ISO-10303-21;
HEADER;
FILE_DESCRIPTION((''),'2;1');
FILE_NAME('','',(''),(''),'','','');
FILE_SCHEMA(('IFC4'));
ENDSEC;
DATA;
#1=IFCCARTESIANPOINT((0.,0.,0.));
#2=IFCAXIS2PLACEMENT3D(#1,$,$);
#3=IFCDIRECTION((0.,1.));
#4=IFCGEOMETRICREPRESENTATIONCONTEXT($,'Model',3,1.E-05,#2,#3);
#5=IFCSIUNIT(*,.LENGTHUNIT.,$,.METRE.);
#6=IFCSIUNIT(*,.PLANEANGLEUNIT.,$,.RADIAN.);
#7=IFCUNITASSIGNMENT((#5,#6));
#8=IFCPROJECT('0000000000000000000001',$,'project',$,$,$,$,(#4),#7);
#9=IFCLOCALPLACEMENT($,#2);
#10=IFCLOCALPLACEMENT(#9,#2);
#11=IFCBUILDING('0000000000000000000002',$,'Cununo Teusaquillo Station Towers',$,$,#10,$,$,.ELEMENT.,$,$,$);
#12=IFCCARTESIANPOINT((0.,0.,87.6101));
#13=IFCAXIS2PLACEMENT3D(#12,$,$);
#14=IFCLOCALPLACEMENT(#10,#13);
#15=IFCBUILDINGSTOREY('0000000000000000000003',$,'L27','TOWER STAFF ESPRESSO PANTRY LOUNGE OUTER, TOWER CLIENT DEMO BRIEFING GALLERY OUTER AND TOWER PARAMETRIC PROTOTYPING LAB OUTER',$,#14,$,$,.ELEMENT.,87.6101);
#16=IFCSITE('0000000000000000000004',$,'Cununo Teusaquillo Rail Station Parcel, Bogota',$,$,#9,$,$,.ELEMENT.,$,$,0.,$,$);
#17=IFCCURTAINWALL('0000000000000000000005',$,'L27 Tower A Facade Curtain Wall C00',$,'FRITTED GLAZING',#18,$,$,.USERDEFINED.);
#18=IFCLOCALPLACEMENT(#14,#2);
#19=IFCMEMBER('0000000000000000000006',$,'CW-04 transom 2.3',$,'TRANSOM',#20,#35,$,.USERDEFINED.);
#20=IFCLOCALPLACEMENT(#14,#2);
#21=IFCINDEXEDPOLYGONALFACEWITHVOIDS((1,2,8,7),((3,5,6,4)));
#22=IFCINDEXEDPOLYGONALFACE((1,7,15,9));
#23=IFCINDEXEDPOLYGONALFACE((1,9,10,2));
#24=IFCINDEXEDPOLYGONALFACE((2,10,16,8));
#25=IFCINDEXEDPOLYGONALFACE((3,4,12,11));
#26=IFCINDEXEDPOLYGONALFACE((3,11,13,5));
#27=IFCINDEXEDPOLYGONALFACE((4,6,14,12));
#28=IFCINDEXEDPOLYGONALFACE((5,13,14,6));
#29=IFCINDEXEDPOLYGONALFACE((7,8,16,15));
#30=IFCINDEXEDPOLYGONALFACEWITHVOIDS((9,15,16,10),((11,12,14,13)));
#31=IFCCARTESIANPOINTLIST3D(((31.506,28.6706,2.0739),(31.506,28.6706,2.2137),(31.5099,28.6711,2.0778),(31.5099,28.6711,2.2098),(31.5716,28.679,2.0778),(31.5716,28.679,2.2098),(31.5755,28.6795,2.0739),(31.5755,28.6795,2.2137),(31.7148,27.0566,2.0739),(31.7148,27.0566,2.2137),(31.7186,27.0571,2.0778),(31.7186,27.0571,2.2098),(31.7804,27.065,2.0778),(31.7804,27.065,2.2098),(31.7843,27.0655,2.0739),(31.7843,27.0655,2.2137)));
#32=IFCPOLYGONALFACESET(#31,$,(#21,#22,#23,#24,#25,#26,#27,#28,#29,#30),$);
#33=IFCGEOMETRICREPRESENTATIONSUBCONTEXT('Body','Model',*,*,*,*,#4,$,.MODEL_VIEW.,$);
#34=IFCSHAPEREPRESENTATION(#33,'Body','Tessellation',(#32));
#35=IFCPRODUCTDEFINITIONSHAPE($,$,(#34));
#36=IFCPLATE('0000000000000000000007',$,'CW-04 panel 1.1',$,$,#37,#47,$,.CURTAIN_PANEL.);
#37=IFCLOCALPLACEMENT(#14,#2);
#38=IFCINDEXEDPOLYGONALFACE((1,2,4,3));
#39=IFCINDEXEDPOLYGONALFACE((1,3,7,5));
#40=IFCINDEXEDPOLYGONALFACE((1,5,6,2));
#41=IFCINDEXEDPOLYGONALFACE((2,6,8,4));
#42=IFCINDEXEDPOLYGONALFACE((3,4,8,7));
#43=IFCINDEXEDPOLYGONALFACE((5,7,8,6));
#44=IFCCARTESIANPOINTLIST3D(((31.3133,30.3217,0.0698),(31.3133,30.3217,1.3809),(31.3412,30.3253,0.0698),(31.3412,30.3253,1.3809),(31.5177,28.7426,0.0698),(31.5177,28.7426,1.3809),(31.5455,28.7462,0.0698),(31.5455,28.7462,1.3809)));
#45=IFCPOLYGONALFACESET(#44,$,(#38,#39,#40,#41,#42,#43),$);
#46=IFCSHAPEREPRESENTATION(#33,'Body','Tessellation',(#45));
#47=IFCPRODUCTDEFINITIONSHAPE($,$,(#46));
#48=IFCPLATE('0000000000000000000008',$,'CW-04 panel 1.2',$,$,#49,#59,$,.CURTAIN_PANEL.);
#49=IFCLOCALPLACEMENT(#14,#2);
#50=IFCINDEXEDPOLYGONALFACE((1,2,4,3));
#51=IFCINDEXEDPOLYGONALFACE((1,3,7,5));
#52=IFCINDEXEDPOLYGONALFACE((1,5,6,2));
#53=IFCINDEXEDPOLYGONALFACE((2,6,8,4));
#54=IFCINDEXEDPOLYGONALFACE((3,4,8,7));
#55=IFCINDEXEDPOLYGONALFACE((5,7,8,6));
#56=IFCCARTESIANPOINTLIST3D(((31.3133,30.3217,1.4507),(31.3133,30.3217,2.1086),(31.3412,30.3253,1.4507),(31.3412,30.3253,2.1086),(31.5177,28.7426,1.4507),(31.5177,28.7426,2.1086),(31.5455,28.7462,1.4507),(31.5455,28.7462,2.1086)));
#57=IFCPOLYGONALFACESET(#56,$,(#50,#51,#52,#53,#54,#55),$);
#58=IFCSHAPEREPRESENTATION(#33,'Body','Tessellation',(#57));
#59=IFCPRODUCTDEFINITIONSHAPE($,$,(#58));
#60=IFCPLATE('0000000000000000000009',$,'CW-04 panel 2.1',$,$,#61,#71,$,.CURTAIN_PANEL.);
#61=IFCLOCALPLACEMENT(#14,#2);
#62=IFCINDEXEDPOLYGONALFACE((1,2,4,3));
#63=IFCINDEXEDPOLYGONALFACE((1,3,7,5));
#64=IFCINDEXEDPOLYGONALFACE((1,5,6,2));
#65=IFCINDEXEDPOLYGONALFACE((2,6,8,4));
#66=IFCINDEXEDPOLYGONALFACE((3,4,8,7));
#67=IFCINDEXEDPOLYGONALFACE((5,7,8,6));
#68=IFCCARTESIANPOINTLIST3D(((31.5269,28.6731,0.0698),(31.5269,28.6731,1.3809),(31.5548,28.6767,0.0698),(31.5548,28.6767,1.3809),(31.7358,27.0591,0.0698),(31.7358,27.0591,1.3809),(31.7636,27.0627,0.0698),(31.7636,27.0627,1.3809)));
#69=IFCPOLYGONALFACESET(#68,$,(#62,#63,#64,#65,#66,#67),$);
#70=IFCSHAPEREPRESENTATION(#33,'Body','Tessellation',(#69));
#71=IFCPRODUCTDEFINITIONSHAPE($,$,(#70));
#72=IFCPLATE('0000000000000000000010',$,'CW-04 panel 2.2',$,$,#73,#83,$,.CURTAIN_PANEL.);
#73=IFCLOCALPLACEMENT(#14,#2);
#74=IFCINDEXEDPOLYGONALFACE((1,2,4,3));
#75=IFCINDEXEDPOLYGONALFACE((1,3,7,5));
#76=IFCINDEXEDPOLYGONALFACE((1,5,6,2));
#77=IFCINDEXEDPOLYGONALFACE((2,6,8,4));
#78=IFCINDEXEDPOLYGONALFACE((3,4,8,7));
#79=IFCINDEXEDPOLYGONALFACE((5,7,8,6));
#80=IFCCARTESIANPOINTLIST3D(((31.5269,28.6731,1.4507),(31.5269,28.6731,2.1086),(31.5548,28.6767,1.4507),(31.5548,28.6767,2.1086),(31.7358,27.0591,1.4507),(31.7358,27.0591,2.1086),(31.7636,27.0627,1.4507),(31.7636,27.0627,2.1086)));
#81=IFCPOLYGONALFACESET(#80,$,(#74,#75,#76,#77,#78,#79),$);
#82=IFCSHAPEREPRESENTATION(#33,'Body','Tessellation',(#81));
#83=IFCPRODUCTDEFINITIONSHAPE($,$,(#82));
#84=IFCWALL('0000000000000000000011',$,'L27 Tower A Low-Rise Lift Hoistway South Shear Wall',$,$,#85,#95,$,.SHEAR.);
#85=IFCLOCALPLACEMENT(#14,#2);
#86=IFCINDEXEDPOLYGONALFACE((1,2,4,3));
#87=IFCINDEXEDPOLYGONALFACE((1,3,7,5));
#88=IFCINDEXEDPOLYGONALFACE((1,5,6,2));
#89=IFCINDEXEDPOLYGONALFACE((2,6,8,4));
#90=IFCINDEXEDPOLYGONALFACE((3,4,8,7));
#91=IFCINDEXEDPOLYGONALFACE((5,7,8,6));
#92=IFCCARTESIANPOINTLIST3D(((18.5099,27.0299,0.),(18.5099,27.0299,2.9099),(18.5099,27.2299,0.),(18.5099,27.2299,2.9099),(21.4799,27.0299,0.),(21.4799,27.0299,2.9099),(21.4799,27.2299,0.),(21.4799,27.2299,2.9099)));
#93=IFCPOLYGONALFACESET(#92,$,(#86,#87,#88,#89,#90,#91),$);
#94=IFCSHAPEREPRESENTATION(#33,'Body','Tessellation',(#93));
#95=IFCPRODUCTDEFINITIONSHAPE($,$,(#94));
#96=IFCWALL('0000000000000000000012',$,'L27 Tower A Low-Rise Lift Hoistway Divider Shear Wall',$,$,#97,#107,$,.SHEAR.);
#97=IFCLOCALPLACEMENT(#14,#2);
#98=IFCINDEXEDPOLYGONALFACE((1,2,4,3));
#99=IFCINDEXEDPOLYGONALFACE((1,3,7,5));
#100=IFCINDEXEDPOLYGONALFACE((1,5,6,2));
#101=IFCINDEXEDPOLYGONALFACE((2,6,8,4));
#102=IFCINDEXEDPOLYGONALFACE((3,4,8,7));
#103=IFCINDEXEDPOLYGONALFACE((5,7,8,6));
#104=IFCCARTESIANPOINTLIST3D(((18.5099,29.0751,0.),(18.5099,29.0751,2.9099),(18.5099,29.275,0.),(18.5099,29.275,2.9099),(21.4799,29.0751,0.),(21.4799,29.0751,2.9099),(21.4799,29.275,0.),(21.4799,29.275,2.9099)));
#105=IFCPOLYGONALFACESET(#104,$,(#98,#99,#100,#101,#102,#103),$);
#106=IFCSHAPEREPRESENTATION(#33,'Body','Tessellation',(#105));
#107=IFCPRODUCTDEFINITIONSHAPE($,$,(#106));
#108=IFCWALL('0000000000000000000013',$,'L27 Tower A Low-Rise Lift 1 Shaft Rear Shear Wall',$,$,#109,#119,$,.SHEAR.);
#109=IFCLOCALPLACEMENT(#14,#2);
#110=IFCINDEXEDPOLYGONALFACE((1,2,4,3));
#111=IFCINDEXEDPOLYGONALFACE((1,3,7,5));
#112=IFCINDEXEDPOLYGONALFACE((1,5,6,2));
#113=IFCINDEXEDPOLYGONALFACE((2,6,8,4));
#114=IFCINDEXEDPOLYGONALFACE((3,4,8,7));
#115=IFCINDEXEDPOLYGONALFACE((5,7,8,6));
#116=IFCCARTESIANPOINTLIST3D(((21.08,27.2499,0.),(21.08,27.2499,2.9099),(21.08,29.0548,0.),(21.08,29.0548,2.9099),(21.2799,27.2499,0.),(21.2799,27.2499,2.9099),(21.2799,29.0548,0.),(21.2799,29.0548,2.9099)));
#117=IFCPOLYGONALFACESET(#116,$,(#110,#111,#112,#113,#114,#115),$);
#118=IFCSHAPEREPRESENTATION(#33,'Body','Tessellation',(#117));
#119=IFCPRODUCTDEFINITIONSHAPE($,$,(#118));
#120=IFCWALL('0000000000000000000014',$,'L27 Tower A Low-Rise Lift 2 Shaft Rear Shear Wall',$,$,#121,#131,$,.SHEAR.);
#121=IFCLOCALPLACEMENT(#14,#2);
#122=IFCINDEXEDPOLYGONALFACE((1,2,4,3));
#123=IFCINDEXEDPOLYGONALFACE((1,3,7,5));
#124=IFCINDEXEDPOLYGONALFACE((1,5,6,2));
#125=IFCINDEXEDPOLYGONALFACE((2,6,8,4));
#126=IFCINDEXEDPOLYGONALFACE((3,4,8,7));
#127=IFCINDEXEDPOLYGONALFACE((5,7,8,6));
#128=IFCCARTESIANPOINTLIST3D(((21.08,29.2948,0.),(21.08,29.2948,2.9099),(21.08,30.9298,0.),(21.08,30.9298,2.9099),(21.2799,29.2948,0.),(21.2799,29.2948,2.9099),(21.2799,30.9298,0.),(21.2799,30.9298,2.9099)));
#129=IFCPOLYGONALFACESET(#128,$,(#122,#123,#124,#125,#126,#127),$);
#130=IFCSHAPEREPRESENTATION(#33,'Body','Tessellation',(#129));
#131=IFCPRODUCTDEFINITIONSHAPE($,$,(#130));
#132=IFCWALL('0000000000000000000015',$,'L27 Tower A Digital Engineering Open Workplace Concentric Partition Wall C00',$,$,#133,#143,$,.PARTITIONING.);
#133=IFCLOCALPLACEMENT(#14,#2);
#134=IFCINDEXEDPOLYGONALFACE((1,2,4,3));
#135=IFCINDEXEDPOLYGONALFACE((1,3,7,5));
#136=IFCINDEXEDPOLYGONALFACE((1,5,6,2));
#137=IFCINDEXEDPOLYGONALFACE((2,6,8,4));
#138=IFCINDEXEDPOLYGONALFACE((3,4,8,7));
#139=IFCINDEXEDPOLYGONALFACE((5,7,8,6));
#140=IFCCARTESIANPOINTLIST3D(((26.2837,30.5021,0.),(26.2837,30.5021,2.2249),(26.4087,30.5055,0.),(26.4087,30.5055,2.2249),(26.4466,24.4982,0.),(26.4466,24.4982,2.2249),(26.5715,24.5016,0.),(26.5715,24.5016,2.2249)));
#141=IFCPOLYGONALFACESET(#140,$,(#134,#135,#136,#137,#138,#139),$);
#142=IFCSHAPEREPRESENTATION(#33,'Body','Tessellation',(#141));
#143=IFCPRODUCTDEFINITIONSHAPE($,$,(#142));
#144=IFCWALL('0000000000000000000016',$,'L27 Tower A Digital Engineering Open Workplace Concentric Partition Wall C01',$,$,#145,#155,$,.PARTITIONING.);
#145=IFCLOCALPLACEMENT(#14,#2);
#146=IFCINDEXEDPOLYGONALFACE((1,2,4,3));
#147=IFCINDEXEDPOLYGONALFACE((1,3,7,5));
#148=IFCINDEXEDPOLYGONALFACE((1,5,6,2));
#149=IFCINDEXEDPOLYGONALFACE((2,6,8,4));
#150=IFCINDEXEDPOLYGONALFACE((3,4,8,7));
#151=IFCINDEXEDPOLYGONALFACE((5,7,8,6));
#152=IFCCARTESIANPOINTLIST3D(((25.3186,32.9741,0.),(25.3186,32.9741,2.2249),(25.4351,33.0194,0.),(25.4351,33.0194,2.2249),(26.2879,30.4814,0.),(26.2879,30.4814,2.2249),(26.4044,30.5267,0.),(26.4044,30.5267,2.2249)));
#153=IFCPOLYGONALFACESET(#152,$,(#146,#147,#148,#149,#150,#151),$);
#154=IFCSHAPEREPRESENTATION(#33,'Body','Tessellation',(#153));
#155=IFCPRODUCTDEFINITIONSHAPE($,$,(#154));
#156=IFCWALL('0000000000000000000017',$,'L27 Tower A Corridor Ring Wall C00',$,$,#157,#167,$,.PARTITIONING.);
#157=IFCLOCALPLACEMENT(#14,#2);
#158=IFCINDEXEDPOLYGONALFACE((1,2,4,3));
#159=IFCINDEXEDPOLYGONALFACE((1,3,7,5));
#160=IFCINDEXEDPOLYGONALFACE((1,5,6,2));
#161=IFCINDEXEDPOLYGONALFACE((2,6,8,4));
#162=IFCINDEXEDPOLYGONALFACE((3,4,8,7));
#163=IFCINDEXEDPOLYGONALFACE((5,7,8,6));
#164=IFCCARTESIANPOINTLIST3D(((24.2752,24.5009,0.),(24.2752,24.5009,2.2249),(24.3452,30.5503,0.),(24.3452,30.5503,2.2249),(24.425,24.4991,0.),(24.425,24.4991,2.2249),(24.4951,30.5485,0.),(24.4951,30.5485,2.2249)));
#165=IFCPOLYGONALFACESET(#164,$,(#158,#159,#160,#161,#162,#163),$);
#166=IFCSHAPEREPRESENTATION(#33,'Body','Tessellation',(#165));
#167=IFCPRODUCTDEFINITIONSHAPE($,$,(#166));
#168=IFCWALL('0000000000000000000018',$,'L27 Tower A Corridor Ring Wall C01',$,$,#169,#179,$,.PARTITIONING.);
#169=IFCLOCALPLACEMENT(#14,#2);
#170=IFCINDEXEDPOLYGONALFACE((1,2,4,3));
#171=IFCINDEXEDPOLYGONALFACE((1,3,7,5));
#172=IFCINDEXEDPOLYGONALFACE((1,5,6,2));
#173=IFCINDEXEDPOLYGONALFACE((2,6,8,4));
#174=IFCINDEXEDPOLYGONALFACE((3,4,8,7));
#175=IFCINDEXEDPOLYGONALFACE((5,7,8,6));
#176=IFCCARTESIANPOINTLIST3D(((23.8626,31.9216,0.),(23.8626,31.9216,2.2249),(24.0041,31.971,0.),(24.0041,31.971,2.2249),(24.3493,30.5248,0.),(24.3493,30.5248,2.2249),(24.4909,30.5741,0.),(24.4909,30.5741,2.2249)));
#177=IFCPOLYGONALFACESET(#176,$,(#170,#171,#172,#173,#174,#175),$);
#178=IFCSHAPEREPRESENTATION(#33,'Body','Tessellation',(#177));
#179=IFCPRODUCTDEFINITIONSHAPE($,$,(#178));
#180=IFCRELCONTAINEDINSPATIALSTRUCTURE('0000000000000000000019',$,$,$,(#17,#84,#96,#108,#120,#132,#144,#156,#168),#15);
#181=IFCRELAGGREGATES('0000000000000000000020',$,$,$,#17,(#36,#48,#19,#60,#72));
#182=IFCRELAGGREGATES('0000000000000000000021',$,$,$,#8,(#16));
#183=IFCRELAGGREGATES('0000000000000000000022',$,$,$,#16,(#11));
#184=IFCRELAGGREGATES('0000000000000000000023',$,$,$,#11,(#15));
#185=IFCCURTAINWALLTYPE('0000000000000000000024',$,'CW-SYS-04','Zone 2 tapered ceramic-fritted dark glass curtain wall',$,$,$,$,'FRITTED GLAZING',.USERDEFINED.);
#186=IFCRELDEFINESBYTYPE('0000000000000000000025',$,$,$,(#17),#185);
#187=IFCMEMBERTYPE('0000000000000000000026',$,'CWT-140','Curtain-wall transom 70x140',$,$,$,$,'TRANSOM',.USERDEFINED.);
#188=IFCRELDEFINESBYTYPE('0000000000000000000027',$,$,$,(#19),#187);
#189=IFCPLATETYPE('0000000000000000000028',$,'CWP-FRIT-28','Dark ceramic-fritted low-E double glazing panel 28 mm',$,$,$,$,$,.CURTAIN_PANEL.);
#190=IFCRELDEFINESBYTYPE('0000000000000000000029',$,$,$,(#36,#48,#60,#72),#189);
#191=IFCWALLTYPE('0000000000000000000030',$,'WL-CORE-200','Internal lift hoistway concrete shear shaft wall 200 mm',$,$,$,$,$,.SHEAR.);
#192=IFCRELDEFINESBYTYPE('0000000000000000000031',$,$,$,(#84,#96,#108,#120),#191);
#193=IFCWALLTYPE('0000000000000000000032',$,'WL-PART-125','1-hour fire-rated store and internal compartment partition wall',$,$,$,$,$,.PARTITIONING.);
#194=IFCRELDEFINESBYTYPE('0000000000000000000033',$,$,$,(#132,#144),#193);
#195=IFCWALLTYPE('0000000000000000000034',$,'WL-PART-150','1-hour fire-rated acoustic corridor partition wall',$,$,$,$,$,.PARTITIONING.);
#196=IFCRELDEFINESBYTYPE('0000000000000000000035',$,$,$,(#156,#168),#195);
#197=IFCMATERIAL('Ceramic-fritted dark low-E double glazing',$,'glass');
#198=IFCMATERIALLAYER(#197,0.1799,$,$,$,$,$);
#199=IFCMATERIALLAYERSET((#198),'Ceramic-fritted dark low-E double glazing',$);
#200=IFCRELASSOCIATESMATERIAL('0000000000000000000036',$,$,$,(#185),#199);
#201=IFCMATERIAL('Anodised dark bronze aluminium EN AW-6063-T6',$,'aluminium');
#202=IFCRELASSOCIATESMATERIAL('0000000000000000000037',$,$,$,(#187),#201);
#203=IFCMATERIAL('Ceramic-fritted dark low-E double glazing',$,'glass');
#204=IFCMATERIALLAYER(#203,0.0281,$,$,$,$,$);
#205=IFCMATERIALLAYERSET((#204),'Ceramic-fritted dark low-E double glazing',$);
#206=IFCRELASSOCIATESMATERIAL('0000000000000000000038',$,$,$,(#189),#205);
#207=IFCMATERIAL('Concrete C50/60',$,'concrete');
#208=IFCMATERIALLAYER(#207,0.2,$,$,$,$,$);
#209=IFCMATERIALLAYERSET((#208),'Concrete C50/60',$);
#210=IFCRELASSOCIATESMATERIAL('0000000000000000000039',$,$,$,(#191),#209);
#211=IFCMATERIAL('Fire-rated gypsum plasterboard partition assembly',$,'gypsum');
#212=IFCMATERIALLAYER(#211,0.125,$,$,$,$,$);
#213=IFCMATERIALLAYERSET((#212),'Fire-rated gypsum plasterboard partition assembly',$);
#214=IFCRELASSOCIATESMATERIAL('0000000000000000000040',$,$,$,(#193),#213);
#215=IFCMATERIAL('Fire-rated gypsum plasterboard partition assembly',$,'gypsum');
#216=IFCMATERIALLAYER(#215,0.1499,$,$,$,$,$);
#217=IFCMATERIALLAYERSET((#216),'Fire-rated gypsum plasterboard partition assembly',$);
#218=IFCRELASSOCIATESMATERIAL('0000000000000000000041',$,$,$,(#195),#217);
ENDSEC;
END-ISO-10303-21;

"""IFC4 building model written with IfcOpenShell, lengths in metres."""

from ifc_helpers import new_model, si_unit, direction, frame, frame_2d, origin, origin_2d, place, context, subcontext, project, spatial, rectangle, hollow_rectangle, extrude, source, transform, mapped, material, layer, layer_set, material_profile, profile_set, type_object, element, aggregate, save


model = new_model("IFC4")

# Units and contexts
model_context = context("Model", 3, precision=1e-05, world=origin(), true_north=direction((0.0, 1.0)))
body_context = subcontext(model_context, "Body", "Model", "MODEL_VIEW")
ifc_project = project(units=[si_unit("LENGTHUNIT", "METRE"), si_unit("PLANEANGLEUNIT", "RADIAN")], contexts=[model_context])

# Site, building, storey
site_placement = place(None, origin())
site = spatial("IfcSite", under=ifc_project, at=site_placement, Name="Cununo Teusaquillo Rail Station Parcel, Bogota", CompositionType="ELEMENT", RefElevation=0.0)
building_placement = place(site_placement, origin())
building = spatial("IfcBuilding", under=site, at=building_placement, Name="Cununo Teusaquillo Station Towers", CompositionType="ELEMENT")
storey_placement = place(building_placement, frame((0.0, 0.0, 87.6101)))
storey = spatial("IfcBuildingStorey", under=building, at=storey_placement, Name="L27", Description="TOWER STAFF ESPRESSO PANTRY LOUNGE OUTER, TOWER CLIENT DEMO BRIEFING GALLERY OUTER AND TOWER PARAMETRIC PROTOTYPING LAB OUTER", CompositionType="ELEMENT", Elevation=87.6101)

# Curtain wall, member, plates
ifc_material_1 = material(Name="Ceramic-fritted dark low-E double glazing", Category="glass")
ifc_layer_1 = layer(ifc_material_1, 0.1799)
ifc_layer_set_1 = layer_set([ifc_layer_1], Name="Ceramic-fritted dark low-E double glazing")
curtain_wall_type = type_object("IfcCurtainWallType", Name="CW-SYS-04", Description="Zone 2 tapered ceramic-fritted dark glass curtain wall", ElementType="FRITTED GLAZING", PredefinedType="USERDEFINED", material=ifc_layer_set_1)
curtain_wall_placement = place(storey_placement, origin())
curtain_wall = element("IfcCurtainWall", 1, at=curtain_wall_placement, inside=storey, type_object=curtain_wall_type, Name="L27 Tower A Facade Curtain Wall C00", ObjectType="FRITTED GLAZING", PredefinedType="USERDEFINED")
ifc_material_2 = material(Name="Anodised dark bronze aluminium EN AW-6063-T6", Category="aluminium")
ifc_material_profile_1 = material_profile(ifc_material_2, hollow_rectangle(XDim=0.0701, YDim=0.1399, WallThickness=0.0039, at=origin_2d()), Name="CW-TRAN-70x140")
ifc_profile_set_1 = profile_set([ifc_material_profile_1], Name="Anodised dark bronze aluminium EN AW-6063-T6")
member_type_1 = type_object("IfcMemberType", Name="CWT-140", Description="Curtain-wall transom 70x140", ElementType="TRANSOM", PredefinedType="USERDEFINED", material=ifc_profile_set_1)
member_1_placement = place(storey_placement, frame((31.5408, 28.675, 2.1438), z_axis=(0.128262, -0.99174, 0.0), x_axis=(0.99174, 0.128262, 0.0)))
member_1 = element("IfcMember", 2, at=member_1_placement, type_object=member_type_1, Name="CW-04 transom 2.3", ObjectType="TRANSOM", PredefinedType="USERDEFINED", context=body_context, shape_type="SweptSolid", body=[
    extrude(hollow_rectangle(XDim=0.0701, YDim=0.1399, WallThickness=0.0039, at=origin_2d()), origin(), (0.0, 0.0, 1.0), 1.6274),
])
ifc_material_3 = material(Name="Ceramic-fritted dark low-E double glazing", Category="glass")
ifc_layer_2 = layer(ifc_material_3, 0.0281)
ifc_layer_set_2 = layer_set([ifc_layer_2], Name="Ceramic-fritted dark low-E double glazing")
plate_type = type_object("IfcPlateType", Name="CWP-FRIT-28", Description="Dark ceramic-fritted low-E double glazing panel 28 mm", PredefinedType="CURTAIN_PANEL", material=ifc_layer_set_2)
shared_shape_1 = source(origin(), body_context, "Body", "SweptSolid", [
    extrude(rectangle(XDim=1.5923, YDim=0.0281, at=origin_2d()), origin(), (0.0, 0.0, 1.0), 1.311),
])
plate_1_placement = place(storey_placement, frame((31.4294, 29.5339, 0.0698), z_axis=(0.0, 0.0, 1.0), x_axis=(0.128336, -0.991731, 0.0)))
plate_1 = element("IfcPlate", 3, at=plate_1_placement, type_object=plate_type, Name="CW-04 panel 1.1", PredefinedType="CURTAIN_PANEL", context=body_context, shape_type="MappedRepresentation", body=[
    mapped(shared_shape_1, transform((0.0, 0.0, 0.0), x_axis=(1.0, 0.0, 0.0), y_axis=(0.0, 1.0, 0.0), z_axis=(0.0, 0.0, 1.0), scale=1.0)),
])
shared_shape_2 = source(origin(), body_context, "Body", "SweptSolid", [
    extrude(rectangle(XDim=1.5923, YDim=0.0281, at=origin_2d()), origin(), (0.0, 0.0, 1.0), 0.658),
])
plate_2_placement = place(storey_placement, frame((31.4294, 29.5339, 1.4507), z_axis=(0.0, 0.0, 1.0), x_axis=(0.128336, -0.991731, 0.0)))
plate_2 = element("IfcPlate", 4, at=plate_2_placement, type_object=plate_type, Name="CW-04 panel 1.2", PredefinedType="CURTAIN_PANEL", context=body_context, shape_type="MappedRepresentation", body=[
    mapped(shared_shape_2, transform((0.0, 0.0, 0.0), x_axis=(1.0, 0.0, 0.0), y_axis=(0.0, 1.0, 0.0), z_axis=(0.0, 0.0, 1.0), scale=1.0)),
])
shared_shape_3 = source(origin(), body_context, "Body", "SweptSolid", [
    extrude(rectangle(XDim=1.6274, YDim=0.0281, at=origin_2d()), origin(), (0.0, 0.0, 1.0), 1.311),
])
plate_3_placement = place(storey_placement, frame((31.6453, 27.8679, 0.0698), z_axis=(0.0, 0.0, 1.0), x_axis=(0.128336, -0.991731, 0.0)))
plate_3 = element("IfcPlate", 5, at=plate_3_placement, type_object=plate_type, Name="CW-04 panel 2.1", PredefinedType="CURTAIN_PANEL", context=body_context, shape_type="MappedRepresentation", body=[
    mapped(shared_shape_3, transform((0.0, 0.0, 0.0), x_axis=(1.0, 0.0, 0.0), y_axis=(0.0, 1.0, 0.0), z_axis=(0.0, 0.0, 1.0), scale=1.0)),
])
shared_shape_4 = source(origin(), body_context, "Body", "SweptSolid", [
    extrude(rectangle(XDim=1.6274, YDim=0.0281, at=origin_2d()), origin(), (0.0, 0.0, 1.0), 0.658),
])
plate_4_placement = place(storey_placement, frame((31.6453, 27.8679, 1.4507), z_axis=(0.0, 0.0, 1.0), x_axis=(0.128336, -0.991731, 0.0)))
plate_4 = element("IfcPlate", 6, at=plate_4_placement, type_object=plate_type, Name="CW-04 panel 2.2", PredefinedType="CURTAIN_PANEL", context=body_context, shape_type="MappedRepresentation", body=[
    mapped(shared_shape_4, transform((0.0, 0.0, 0.0), x_axis=(1.0, 0.0, 0.0), y_axis=(0.0, 1.0, 0.0), z_axis=(0.0, 0.0, 1.0), scale=1.0)),
])
aggregate(curtain_wall, [plate_1, plate_2, member_1, plate_3, plate_4])

# Walls
ifc_material_4 = material(Name="Concrete C50/60", Category="concrete")
ifc_layer_3 = layer(ifc_material_4, 0.2)
ifc_layer_set_3 = layer_set([ifc_layer_3], Name="Concrete C50/60")
wall_type_1 = type_object("IfcWallType", Name="WL-CORE-200", Description="Internal lift hoistway concrete shear shaft wall 200 mm", PredefinedType="SHEAR", material=ifc_layer_set_3)
for number, where, z_axis, x_axis, name in (
    (7, (18.51, 27.1299, 0.0), (0.0, 0.0, 1.0), (1.0, 0.0, 0.0), "L27 Tower A Low-Rise Lift Hoistway South Shear Wall"),
    (8, (18.51, 29.175, 0.0), (0.0, 0.0, 1.0), (1.0, 0.0, 0.0), "L27 Tower A Low-Rise Lift Hoistway Divider Shear Wall"),
):
    element("IfcWall", number, at=place(storey_placement, frame(where, z_axis=z_axis, x_axis=x_axis)), inside=storey, type_object=wall_type_1, Name=name, PredefinedType="SHEAR", context=body_context, shape_type="SweptSolid", body=[
        extrude(rectangle(XDim=2.97, YDim=0.2, at=frame_2d((1.4849, 0.0))), origin(), (0.0, 0.0, 1.0), 2.9099),
    ])
wall_1_placement = place(storey_placement, frame((21.1799, 27.25, 0.0), z_axis=(0.0, 0.0, 1.0), x_axis=(0.0, 1.0, 0.0)))
element("IfcWall", 9, at=wall_1_placement, inside=storey, type_object=wall_type_1, Name="L27 Tower A Low-Rise Lift 1 Shaft Rear Shear Wall", PredefinedType="SHEAR", context=body_context, shape_type="SweptSolid", body=[
    extrude(rectangle(XDim=1.8049, YDim=0.2, at=frame_2d((0.9023, 0.0))), origin(), (0.0, 0.0, 1.0), 2.9099),
])
wall_2_placement = place(storey_placement, frame((21.1799, 29.2949, 0.0), z_axis=(0.0, 0.0, 1.0), x_axis=(0.0, 1.0, 0.0)))
element("IfcWall", 10, at=wall_2_placement, inside=storey, type_object=wall_type_1, Name="L27 Tower A Low-Rise Lift 2 Shaft Rear Shear Wall", PredefinedType="SHEAR", context=body_context, shape_type="SweptSolid", body=[
    extrude(rectangle(XDim=1.635, YDim=0.2, at=frame_2d((0.8174, 0.0))), origin(), (0.0, 0.0, 1.0), 2.9099),
])
ifc_material_5 = material(Name="Fire-rated gypsum plasterboard partition assembly", Category="gypsum")
ifc_layer_4 = layer(ifc_material_5, 0.125)
ifc_layer_set_4 = layer_set([ifc_layer_4], Name="Fire-rated gypsum plasterboard partition assembly")
wall_type_2 = type_object("IfcWallType", Name="WL-PART-125", Description="1-hour fire-rated store and internal compartment partition wall", PredefinedType="PARTITIONING", material=ifc_layer_set_4)
wall_3_placement = place(storey_placement, frame((26.509, 24.5, 0.0), z_axis=(0.0, 0.0, 1.0), x_axis=(-0.027113, 0.999632, 0.0)))
element("IfcWall", 11, at=wall_3_placement, inside=storey, type_object=wall_type_2, Name="L27 Tower A Digital Engineering Open Workplace Concentric Partition Wall C00", PredefinedType="PARTITIONING", context=body_context, shape_type="SweptSolid", body=[
    extrude(rectangle(XDim=6.0061, YDim=0.125, at=frame_2d((3.0029, 0.0))), origin(), (0.0, 0.0, 1.0), 2.2249),
])
wall_4_placement = place(storey_placement, frame((26.3462, 30.5039, 0.0), z_axis=(0.0, 0.0, 1.0), x_axis=(-0.362402, 0.932022, 0.0)))
element("IfcWall", 12, at=wall_4_placement, inside=storey, type_object=wall_type_2, Name="L27 Tower A Digital Engineering Open Workplace Concentric Partition Wall C01", PredefinedType="PARTITIONING", context=body_context, shape_type="SweptSolid", body=[
    extrude(rectangle(XDim=2.6746, YDim=0.125, at=frame_2d((1.3374, 0.0))), origin(), (0.0, 0.0, 1.0), 2.2249),
])
ifc_material_6 = material(Name="Fire-rated gypsum plasterboard partition assembly", Category="gypsum")
ifc_layer_5 = layer(ifc_material_6, 0.1499)
ifc_layer_set_5 = layer_set([ifc_layer_5], Name="Fire-rated gypsum plasterboard partition assembly")
wall_type_3 = type_object("IfcWallType", Name="WL-PART-150", Description="1-hour fire-rated acoustic corridor partition wall", PredefinedType="PARTITIONING", material=ifc_layer_set_5)
wall_5_placement = place(storey_placement, frame((24.3501, 24.5, 0.0), z_axis=(0.0, 0.0, 1.0), x_axis=(0.011582, 0.999933, 0.0)))
element("IfcWall", 13, at=wall_5_placement, inside=storey, type_object=wall_type_3, Name="L27 Tower A Corridor Ring Wall C00", PredefinedType="PARTITIONING", context=body_context, shape_type="SweptSolid", body=[
    extrude(rectangle(XDim=6.0498, YDim=0.1499, at=frame_2d((3.0249, 0.0))), origin(), (0.0, 0.0, 1.0), 2.2249),
])
wall_6_placement = place(storey_placement, frame((24.4202, 30.5493, 0.0), z_axis=(0.0, 0.0, 1.0), x_axis=(-0.329071, 0.944305, 0.0)))
element("IfcWall", 14, at=wall_6_placement, inside=storey, type_object=wall_type_3, Name="L27 Tower A Corridor Ring Wall C01", PredefinedType="PARTITIONING", context=body_context, shape_type="SweptSolid", body=[
    extrude(rectangle(XDim=1.4792, YDim=0.1499, at=frame_2d((0.7397, 0.0))), origin(), (0.0, 0.0, 1.0), 2.2249),
])

save(model, "model.ifc")
